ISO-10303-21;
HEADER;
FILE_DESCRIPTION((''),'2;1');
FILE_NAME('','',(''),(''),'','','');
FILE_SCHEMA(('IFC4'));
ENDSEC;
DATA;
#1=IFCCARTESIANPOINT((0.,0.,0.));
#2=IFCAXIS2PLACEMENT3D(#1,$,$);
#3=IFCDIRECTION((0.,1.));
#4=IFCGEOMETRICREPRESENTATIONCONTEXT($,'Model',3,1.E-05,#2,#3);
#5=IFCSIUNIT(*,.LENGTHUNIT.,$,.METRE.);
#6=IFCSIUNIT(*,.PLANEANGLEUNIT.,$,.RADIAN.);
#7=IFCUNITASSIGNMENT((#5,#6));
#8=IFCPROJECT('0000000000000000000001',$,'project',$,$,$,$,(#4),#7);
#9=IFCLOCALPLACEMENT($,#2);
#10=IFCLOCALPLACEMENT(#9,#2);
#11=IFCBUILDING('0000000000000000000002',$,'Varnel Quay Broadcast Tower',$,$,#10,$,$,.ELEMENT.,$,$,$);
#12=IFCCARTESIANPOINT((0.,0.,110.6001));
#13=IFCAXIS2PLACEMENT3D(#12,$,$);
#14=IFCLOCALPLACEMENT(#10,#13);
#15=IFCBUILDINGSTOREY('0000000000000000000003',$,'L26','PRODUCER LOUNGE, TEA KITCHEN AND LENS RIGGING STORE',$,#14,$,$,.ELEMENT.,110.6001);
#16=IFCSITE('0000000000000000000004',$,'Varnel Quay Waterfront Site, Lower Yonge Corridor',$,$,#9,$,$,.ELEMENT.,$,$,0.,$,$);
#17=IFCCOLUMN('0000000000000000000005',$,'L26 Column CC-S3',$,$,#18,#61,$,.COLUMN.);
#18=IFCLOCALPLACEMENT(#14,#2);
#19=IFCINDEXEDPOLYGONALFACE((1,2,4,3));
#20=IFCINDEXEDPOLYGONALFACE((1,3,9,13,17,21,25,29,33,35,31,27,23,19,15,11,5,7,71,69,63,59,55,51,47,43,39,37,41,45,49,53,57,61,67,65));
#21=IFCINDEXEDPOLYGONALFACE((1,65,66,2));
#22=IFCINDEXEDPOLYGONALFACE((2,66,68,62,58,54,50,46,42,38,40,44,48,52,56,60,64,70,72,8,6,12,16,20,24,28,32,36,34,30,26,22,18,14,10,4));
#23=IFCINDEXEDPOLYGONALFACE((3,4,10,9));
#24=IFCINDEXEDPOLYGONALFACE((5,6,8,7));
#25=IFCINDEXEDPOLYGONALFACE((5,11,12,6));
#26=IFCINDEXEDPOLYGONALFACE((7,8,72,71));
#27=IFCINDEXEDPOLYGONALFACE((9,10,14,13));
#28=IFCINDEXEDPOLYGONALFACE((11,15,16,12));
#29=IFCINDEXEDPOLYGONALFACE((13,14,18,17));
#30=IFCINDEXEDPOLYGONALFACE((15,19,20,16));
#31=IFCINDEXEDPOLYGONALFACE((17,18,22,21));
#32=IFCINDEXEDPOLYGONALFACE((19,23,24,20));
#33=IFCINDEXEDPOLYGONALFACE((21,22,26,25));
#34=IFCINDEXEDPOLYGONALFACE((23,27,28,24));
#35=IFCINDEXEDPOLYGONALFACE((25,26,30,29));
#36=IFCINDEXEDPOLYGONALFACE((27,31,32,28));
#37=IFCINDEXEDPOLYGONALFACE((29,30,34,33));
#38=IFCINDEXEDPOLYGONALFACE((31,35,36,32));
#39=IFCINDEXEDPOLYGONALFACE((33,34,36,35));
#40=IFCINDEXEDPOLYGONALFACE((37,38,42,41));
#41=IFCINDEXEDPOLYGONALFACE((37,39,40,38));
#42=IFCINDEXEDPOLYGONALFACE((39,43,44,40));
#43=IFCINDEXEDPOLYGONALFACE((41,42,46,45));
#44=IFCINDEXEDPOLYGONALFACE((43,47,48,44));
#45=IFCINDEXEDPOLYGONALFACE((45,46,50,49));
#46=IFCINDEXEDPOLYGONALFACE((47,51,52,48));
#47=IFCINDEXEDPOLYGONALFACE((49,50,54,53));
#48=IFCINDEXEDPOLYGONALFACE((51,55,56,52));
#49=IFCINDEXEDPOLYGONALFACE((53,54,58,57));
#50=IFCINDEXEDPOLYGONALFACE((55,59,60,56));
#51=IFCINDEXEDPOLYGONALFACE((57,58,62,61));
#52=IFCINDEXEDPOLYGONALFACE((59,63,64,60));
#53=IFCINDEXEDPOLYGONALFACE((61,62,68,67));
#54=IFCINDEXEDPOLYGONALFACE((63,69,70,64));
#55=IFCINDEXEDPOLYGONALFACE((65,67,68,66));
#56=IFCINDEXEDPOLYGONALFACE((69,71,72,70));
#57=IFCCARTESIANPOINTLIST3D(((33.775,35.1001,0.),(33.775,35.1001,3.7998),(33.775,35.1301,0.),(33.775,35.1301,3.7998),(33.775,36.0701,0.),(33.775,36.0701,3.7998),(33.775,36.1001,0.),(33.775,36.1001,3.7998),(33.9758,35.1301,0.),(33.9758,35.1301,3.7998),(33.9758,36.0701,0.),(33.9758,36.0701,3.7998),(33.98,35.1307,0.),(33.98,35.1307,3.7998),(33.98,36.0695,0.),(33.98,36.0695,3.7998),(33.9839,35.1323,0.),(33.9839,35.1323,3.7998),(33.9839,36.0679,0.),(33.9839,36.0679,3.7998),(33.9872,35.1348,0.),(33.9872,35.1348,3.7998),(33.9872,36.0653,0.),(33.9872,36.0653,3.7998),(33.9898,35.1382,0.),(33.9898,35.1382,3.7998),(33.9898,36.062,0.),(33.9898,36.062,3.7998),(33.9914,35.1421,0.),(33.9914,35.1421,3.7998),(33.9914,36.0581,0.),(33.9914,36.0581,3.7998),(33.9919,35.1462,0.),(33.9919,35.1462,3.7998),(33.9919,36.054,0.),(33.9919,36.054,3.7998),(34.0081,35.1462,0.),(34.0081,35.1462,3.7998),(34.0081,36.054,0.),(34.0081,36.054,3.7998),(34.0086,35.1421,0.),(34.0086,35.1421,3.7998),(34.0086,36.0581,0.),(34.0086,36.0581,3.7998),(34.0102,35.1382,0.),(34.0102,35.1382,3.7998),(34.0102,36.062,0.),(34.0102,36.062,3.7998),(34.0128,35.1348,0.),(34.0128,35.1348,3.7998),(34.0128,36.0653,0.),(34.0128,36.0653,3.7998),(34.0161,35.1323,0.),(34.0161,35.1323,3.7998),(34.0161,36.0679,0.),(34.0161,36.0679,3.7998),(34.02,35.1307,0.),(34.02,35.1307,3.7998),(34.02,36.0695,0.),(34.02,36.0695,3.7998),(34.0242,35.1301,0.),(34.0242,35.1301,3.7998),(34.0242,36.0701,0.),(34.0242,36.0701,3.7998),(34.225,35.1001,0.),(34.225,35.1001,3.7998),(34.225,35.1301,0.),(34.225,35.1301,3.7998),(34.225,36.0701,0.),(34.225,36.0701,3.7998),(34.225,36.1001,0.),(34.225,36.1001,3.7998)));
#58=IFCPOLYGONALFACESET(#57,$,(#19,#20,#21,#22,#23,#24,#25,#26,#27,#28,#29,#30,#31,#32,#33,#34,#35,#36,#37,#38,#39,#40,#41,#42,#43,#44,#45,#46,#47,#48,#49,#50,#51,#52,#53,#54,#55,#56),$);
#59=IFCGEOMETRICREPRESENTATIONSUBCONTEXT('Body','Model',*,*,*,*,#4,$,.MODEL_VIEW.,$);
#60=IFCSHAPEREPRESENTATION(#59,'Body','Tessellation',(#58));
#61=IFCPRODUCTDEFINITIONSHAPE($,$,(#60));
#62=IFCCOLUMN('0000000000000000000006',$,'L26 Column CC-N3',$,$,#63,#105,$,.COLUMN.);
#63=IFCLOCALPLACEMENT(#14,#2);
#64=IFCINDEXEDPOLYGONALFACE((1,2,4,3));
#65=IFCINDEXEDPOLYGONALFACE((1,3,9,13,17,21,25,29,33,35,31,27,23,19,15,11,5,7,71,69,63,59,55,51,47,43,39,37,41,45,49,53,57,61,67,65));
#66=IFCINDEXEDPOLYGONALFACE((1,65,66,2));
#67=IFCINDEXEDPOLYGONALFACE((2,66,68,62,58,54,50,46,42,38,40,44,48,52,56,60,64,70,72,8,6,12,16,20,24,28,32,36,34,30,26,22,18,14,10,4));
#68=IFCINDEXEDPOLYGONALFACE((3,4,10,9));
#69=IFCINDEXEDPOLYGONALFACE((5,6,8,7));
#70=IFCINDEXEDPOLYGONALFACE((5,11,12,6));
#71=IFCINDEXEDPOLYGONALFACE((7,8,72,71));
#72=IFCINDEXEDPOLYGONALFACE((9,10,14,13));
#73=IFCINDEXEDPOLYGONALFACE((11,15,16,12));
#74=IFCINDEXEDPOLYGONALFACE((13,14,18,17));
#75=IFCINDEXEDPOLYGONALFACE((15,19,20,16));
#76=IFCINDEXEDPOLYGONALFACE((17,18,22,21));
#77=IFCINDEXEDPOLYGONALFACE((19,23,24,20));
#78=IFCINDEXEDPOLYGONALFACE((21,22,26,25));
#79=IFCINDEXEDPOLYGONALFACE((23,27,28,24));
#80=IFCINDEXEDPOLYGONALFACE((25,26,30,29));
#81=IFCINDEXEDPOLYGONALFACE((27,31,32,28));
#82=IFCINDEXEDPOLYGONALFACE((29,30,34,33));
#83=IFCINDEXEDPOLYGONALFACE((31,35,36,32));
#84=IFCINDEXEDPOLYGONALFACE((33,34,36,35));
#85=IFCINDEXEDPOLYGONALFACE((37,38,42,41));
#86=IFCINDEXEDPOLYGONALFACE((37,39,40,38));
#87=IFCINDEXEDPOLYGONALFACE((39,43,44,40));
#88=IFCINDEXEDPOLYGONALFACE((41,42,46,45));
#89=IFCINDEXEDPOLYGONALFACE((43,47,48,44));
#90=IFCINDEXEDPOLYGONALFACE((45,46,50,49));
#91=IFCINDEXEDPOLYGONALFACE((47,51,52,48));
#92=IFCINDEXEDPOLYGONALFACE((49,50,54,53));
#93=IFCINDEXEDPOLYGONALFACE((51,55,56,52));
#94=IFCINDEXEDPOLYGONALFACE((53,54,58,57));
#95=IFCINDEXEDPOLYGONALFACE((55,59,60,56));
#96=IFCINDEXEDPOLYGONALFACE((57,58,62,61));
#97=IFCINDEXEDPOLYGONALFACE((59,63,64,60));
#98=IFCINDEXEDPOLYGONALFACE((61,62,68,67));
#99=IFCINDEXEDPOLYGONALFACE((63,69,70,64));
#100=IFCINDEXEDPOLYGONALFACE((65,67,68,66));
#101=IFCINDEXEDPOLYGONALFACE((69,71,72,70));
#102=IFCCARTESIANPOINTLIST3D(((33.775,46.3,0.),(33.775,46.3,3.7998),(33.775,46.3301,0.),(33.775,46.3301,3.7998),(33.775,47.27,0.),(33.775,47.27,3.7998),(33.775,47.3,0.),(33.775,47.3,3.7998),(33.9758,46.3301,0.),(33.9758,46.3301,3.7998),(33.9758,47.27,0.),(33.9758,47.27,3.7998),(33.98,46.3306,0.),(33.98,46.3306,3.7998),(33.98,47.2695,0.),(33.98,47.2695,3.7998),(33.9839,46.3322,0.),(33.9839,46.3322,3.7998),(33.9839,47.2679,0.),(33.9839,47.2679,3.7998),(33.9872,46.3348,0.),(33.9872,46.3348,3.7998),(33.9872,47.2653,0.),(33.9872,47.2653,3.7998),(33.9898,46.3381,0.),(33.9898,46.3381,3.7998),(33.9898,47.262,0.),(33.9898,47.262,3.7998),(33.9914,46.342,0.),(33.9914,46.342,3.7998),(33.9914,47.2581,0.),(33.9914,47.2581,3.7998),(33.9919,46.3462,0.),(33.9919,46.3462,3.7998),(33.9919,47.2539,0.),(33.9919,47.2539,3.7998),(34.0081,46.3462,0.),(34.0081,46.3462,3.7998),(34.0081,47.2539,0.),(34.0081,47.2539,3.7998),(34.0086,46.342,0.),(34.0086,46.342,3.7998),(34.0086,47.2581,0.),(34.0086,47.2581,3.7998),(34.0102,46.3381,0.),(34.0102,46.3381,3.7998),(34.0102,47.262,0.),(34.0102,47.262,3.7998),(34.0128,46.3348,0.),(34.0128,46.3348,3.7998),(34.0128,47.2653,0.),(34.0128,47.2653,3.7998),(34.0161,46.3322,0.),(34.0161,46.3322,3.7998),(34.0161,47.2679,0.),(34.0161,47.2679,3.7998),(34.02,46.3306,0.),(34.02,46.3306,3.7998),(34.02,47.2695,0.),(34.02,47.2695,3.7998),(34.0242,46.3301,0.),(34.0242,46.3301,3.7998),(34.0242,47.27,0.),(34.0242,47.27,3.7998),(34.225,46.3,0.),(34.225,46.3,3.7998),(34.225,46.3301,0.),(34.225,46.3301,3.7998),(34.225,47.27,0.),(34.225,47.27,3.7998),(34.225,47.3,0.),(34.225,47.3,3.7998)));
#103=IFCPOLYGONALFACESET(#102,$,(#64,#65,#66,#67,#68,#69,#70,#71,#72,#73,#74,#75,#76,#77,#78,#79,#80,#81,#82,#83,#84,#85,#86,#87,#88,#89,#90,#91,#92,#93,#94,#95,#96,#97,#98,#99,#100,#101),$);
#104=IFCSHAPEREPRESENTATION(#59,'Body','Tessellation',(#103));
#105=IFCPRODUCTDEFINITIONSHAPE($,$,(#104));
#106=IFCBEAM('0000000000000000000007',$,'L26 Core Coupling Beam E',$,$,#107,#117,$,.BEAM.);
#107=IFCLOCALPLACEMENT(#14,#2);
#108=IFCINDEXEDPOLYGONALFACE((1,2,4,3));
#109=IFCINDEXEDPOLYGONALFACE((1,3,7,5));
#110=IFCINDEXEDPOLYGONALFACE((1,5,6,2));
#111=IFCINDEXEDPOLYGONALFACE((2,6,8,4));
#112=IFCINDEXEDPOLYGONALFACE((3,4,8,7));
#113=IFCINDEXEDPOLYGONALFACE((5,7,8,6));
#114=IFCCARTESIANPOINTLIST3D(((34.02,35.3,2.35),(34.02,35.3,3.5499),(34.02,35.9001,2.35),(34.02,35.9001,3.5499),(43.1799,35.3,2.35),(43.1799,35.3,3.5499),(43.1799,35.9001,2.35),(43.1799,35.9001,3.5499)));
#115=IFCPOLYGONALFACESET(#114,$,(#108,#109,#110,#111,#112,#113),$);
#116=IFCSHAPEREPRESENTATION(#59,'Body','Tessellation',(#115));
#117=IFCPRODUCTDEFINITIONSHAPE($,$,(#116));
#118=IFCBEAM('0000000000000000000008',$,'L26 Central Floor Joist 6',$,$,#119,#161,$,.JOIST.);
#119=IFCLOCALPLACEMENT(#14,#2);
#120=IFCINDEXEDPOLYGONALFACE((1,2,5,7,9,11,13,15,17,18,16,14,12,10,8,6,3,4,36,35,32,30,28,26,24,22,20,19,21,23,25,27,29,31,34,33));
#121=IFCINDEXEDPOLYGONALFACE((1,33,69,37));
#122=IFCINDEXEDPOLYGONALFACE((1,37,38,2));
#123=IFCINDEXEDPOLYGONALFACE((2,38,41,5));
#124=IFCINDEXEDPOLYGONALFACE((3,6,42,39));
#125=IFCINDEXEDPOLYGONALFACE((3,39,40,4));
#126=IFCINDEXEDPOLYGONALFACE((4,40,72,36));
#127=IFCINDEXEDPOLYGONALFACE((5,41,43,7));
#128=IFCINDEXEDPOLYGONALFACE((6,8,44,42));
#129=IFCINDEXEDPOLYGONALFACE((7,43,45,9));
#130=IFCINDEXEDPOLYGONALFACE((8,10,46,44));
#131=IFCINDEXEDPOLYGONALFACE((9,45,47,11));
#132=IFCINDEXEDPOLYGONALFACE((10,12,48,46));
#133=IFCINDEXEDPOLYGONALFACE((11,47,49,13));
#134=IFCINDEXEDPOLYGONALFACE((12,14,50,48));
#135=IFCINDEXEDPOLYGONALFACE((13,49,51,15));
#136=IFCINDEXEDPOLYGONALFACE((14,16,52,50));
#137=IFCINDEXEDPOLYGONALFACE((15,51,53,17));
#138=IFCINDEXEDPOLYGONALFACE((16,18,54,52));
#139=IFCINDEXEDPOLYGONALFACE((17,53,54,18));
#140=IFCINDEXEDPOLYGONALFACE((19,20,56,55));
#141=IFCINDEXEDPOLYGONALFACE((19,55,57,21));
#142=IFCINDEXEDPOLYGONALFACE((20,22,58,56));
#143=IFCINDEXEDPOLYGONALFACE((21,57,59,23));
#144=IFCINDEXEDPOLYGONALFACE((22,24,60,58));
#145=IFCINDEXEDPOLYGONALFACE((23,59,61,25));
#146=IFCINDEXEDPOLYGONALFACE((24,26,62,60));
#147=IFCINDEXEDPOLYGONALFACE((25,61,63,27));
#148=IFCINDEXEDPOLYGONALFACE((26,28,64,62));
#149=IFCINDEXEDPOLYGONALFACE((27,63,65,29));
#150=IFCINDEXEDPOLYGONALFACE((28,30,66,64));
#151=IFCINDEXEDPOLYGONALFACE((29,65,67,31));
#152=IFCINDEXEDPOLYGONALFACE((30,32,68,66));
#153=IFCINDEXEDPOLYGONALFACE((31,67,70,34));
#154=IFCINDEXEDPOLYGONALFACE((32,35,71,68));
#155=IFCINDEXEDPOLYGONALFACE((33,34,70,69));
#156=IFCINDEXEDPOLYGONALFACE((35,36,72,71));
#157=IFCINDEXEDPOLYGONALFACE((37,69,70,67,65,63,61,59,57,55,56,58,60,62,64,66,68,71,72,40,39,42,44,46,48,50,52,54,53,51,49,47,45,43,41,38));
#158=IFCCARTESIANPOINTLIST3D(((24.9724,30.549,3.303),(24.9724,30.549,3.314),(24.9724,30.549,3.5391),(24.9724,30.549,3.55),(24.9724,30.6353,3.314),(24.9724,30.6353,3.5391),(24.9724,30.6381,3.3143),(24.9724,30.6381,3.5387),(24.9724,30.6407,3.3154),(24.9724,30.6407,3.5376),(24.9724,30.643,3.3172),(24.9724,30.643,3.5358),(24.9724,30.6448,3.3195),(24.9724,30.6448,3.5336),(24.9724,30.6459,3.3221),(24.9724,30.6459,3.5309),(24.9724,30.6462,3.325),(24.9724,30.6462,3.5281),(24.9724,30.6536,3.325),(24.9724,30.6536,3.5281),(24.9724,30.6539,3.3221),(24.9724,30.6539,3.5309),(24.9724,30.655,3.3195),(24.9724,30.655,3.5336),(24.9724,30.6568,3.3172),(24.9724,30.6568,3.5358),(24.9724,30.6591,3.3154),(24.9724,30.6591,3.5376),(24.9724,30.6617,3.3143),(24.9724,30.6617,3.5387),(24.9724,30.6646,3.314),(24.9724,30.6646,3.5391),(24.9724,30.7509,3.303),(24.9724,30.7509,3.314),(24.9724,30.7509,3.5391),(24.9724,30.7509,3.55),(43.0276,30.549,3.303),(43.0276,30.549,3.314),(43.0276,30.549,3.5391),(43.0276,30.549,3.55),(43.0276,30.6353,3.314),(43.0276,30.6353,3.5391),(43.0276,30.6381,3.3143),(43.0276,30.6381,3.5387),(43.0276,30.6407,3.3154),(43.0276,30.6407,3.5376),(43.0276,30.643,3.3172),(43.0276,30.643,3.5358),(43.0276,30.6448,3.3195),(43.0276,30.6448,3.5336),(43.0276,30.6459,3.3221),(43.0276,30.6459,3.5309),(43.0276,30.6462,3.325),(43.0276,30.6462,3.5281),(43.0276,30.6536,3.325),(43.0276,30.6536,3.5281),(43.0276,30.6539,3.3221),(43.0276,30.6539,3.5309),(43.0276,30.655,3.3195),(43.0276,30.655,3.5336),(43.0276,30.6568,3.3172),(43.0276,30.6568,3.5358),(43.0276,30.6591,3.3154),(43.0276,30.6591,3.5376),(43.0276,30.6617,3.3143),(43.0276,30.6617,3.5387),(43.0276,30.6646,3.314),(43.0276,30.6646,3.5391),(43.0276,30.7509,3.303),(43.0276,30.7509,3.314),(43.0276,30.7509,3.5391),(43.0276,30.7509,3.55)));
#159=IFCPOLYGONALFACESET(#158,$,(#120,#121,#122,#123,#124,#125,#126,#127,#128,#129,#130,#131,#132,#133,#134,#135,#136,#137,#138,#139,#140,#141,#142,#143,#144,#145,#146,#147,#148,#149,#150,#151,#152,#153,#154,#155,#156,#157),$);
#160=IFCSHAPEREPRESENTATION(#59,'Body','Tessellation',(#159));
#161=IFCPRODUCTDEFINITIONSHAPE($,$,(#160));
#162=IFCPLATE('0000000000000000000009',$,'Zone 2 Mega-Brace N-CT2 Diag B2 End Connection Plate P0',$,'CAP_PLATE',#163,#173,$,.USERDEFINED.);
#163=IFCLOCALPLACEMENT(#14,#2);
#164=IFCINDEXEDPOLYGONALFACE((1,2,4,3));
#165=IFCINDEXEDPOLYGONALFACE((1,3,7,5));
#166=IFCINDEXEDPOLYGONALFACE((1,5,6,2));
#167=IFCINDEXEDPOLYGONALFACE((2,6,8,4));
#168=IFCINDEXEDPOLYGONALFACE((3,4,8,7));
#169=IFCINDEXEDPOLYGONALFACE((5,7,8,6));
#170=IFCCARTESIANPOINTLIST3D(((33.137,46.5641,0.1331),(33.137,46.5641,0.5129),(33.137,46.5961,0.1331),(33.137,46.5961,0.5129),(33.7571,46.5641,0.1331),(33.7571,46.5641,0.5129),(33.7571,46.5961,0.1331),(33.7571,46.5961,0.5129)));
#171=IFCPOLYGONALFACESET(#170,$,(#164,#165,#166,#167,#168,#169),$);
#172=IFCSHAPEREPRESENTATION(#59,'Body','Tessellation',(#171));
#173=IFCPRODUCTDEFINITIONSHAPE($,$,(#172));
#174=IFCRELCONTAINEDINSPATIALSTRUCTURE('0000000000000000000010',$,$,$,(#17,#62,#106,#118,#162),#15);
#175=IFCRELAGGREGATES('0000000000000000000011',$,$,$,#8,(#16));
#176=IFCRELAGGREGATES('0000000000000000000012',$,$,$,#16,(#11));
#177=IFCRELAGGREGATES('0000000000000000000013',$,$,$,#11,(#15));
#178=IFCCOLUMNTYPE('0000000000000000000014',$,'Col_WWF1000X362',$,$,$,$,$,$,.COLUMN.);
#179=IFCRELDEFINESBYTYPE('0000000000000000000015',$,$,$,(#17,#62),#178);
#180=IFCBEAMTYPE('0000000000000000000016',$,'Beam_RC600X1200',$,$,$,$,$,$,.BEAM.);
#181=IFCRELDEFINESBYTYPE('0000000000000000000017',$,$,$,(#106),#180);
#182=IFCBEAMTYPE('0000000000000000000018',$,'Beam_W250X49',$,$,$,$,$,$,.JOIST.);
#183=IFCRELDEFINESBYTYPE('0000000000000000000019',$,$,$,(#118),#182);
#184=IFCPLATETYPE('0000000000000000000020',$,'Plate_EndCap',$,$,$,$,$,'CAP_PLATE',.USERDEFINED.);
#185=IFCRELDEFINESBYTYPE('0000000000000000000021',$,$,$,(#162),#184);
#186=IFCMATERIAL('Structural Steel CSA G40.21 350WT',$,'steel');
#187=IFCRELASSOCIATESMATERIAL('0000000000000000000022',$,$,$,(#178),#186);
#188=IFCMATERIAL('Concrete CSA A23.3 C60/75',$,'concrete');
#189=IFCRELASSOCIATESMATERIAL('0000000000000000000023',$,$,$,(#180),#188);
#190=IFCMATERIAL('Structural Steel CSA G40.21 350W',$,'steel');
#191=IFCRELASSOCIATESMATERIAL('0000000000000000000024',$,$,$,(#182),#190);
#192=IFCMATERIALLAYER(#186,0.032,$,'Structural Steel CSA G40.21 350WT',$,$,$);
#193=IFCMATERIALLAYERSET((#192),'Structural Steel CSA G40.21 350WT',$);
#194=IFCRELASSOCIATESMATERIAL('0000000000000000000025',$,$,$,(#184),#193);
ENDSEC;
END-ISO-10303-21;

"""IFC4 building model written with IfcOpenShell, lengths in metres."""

from ifc_helpers import new_model, si_unit, direction, frame, origin, origin_2d, place, context, subcontext, project, spatial, rectangle, i_section, extrude, source, transform, mapped, material, layer, layer_set, material_profile, profile_set, type_object, type_shapes, element, save


model = new_model("IFC4")

# Units and contexts
model_context = context("Model", 3, precision=1e-05, world=origin(), true_north=direction((0.0, 1.0)))
body_context = subcontext(model_context, "Body", "Model", "MODEL_VIEW")
ifc_project = project(units=[si_unit("LENGTHUNIT", "METRE"), si_unit("PLANEANGLEUNIT", "RADIAN")], contexts=[model_context])

# Site, building, storey
site_placement = place(None, origin())
site = spatial("IfcSite", under=ifc_project, at=site_placement, Name="Varnel Quay Waterfront Site, Lower Yonge Corridor", CompositionType="ELEMENT", RefElevation=0.0)
building_placement = place(site_placement, origin())
building = spatial("IfcBuilding", under=site, at=building_placement, Name="Varnel Quay Broadcast Tower", CompositionType="ELEMENT")
storey_placement = place(building_placement, frame((0.0, 0.0, 110.6001)))
storey = spatial("IfcBuildingStorey", under=building, at=storey_placement, Name="L26", Description="PRODUCER LOUNGE, TEA KITCHEN AND LENS RIGGING STORE", CompositionType="ELEMENT", Elevation=110.6001)

# Columns
ifc_material_1 = material(Name="Structural Steel CSA G40.21 350WT", Category="steel")
ifc_material_profile_1 = material_profile(ifc_material_1, i_section(OverallWidth=0.45, OverallDepth=1.0, WebThickness=0.0161, FlangeThickness=0.03, FilletRadius=0.0161, at=origin_2d()), Name="WWF1000X362")
ifc_profile_set_1 = profile_set([ifc_material_profile_1], Name="Structural Steel CSA G40.21 350WT")
column_type = type_object("IfcColumnType", Name="Col_WWF1000X362", PredefinedType="COLUMN", material=ifc_profile_set_1)
shared_shape_1 = source(origin(), body_context, "Body", "SweptSolid", [
    extrude(i_section(OverallWidth=0.45, OverallDepth=1.0, WebThickness=0.0161, FlangeThickness=0.03, FilletRadius=0.0161, at=origin_2d()), origin(), (0.0, 0.0, 1.0), 3.7998),
])
type_shapes(column_type, [shared_shape_1])
for number, where, z_axis, x_axis, name in (
    (1, (34.0, 35.6001, 0.0), (0.0, 0.0, 1.0), (1.0, 0.0, 0.0), "L26 Column CC-S3"),
    (2, (34.0, 46.8, 0.0), (0.0, 0.0, 1.0), (1.0, 0.0, 0.0), "L26 Column CC-N3"),
):
    element("IfcColumn", number, at=place(storey_placement, frame(where, z_axis=z_axis, x_axis=x_axis)), inside=storey, type_object=column_type, Name=name, PredefinedType="COLUMN", context=body_context, shape_type="MappedRepresentation", body=[
        mapped(shared_shape_1, transform((0.0, 0.0, 0.0), x_axis=(1.0, 0.0, 0.0), y_axis=(0.0, 1.0, 0.0), z_axis=(0.0, 0.0, 1.0), scale=1.0)),
    ])

# Beams
ifc_material_2 = material(Name="Concrete CSA A23.3 C60/75", Category="concrete")
ifc_material_profile_2 = material_profile(ifc_material_2, rectangle(XDim=0.6001, YDim=1.2, at=origin_2d()), Name="RC600X1200")
ifc_profile_set_2 = profile_set([ifc_material_profile_2], Name="Concrete CSA A23.3 C60/75")
beam_type_1 = type_object("IfcBeamType", Name="Beam_RC600X1200", PredefinedType="BEAM", material=ifc_profile_set_2)
shared_shape_2 = source(origin(), body_context, "Body", "SweptSolid", [
    extrude(rectangle(XDim=0.6001, YDim=1.2, at=origin_2d()), origin(), (0.0, 0.0, 1.0), 9.1599),
])
type_shapes(beam_type_1, [shared_shape_2])
beam_1_placement = place(storey_placement, frame((34.02, 35.6001, 2.95), z_axis=(1.0, 0.0, 0.0), x_axis=(0.0, 1.0, 0.0)))
element("IfcBeam", 3, at=beam_1_placement, inside=storey, type_object=beam_type_1, Name="L26 Core Coupling Beam E", PredefinedType="BEAM", context=body_context, shape_type="MappedRepresentation", body=[
    mapped(shared_shape_2, transform((0.0, 0.0, 0.0), x_axis=(1.0, 0.0, 0.0), y_axis=(0.0, 1.0, 0.0), z_axis=(0.0, 0.0, 1.0), scale=1.0)),
])
ifc_material_3 = material(Name="Structural Steel CSA G40.21 350W", Category="steel")
ifc_material_profile_3 = material_profile(ifc_material_3, i_section(OverallWidth=0.2019, OverallDepth=0.2471, WebThickness=0.0073, FlangeThickness=0.011, FilletRadius=0.011, at=origin_2d()), Name="W250X49")
ifc_profile_set_3 = profile_set([ifc_material_profile_3], Name="Structural Steel CSA G40.21 350W")
beam_type_2 = type_object("IfcBeamType", Name="Beam_W250X49", PredefinedType="JOIST", material=ifc_profile_set_3)
shared_shape_3 = source(origin(), body_context, "Body", "SweptSolid", [
    extrude(i_section(OverallWidth=0.2019, OverallDepth=0.2471, WebThickness=0.0073, FlangeThickness=0.011, FilletRadius=0.011, at=origin_2d()), origin(), (0.0, 0.0, 1.0), 18.0552),
])
type_shapes(beam_type_2, [shared_shape_3])
beam_2_placement = place(storey_placement, frame((24.9724, 30.6499, 3.4265), z_axis=(1.0, 0.0, 0.0), x_axis=(0.0, 1.0, 0.0)))
element("IfcBeam", 4, at=beam_2_placement, inside=storey, type_object=beam_type_2, Name="L26 Central Floor Joist 6", PredefinedType="JOIST", context=body_context, shape_type="MappedRepresentation", body=[
    mapped(shared_shape_3, transform((0.0, 0.0, 0.0), x_axis=(1.0, 0.0, 0.0), y_axis=(0.0, 1.0, 0.0), z_axis=(0.0, 0.0, 1.0), scale=1.0)),
])

# Plate
ifc_layer_1 = layer(ifc_material_1, 0.032, Name="Structural Steel CSA G40.21 350WT")
ifc_layer_set_1 = layer_set([ifc_layer_1], Name="Structural Steel CSA G40.21 350WT")
plate_type = type_object("IfcPlateType", Name="Plate_EndCap", ElementType="CAP_PLATE", PredefinedType="USERDEFINED", material=ifc_layer_set_1)
shared_shape_4 = source(origin(), body_context, "Body", "SweptSolid", [
    extrude(rectangle(XDim=0.6201, YDim=0.032, at=origin_2d()), origin(), (0.0, 0.0, 1.0), 0.3799),
])
type_shapes(plate_type, [shared_shape_4])
plate_placement = place(storey_placement, frame((33.447, 46.5801, 0.1331), z_axis=(0.0, 0.0, 1.0), x_axis=(1.0, 0.0, 0.0)))
element("IfcPlate", 5, at=plate_placement, inside=storey, type_object=plate_type, Name="Zone 2 Mega-Brace N-CT2 Diag B2 End Connection Plate P0", ObjectType="CAP_PLATE", PredefinedType="USERDEFINED", context=body_context, shape_type="MappedRepresentation", body=[
    mapped(shared_shape_4, transform((0.0, 0.0, 0.0), x_axis=(1.0, 0.0, 0.0), y_axis=(0.0, 1.0, 0.0), z_axis=(0.0, 0.0, 1.0), scale=1.0)),
])

save(model, "model.ifc")
